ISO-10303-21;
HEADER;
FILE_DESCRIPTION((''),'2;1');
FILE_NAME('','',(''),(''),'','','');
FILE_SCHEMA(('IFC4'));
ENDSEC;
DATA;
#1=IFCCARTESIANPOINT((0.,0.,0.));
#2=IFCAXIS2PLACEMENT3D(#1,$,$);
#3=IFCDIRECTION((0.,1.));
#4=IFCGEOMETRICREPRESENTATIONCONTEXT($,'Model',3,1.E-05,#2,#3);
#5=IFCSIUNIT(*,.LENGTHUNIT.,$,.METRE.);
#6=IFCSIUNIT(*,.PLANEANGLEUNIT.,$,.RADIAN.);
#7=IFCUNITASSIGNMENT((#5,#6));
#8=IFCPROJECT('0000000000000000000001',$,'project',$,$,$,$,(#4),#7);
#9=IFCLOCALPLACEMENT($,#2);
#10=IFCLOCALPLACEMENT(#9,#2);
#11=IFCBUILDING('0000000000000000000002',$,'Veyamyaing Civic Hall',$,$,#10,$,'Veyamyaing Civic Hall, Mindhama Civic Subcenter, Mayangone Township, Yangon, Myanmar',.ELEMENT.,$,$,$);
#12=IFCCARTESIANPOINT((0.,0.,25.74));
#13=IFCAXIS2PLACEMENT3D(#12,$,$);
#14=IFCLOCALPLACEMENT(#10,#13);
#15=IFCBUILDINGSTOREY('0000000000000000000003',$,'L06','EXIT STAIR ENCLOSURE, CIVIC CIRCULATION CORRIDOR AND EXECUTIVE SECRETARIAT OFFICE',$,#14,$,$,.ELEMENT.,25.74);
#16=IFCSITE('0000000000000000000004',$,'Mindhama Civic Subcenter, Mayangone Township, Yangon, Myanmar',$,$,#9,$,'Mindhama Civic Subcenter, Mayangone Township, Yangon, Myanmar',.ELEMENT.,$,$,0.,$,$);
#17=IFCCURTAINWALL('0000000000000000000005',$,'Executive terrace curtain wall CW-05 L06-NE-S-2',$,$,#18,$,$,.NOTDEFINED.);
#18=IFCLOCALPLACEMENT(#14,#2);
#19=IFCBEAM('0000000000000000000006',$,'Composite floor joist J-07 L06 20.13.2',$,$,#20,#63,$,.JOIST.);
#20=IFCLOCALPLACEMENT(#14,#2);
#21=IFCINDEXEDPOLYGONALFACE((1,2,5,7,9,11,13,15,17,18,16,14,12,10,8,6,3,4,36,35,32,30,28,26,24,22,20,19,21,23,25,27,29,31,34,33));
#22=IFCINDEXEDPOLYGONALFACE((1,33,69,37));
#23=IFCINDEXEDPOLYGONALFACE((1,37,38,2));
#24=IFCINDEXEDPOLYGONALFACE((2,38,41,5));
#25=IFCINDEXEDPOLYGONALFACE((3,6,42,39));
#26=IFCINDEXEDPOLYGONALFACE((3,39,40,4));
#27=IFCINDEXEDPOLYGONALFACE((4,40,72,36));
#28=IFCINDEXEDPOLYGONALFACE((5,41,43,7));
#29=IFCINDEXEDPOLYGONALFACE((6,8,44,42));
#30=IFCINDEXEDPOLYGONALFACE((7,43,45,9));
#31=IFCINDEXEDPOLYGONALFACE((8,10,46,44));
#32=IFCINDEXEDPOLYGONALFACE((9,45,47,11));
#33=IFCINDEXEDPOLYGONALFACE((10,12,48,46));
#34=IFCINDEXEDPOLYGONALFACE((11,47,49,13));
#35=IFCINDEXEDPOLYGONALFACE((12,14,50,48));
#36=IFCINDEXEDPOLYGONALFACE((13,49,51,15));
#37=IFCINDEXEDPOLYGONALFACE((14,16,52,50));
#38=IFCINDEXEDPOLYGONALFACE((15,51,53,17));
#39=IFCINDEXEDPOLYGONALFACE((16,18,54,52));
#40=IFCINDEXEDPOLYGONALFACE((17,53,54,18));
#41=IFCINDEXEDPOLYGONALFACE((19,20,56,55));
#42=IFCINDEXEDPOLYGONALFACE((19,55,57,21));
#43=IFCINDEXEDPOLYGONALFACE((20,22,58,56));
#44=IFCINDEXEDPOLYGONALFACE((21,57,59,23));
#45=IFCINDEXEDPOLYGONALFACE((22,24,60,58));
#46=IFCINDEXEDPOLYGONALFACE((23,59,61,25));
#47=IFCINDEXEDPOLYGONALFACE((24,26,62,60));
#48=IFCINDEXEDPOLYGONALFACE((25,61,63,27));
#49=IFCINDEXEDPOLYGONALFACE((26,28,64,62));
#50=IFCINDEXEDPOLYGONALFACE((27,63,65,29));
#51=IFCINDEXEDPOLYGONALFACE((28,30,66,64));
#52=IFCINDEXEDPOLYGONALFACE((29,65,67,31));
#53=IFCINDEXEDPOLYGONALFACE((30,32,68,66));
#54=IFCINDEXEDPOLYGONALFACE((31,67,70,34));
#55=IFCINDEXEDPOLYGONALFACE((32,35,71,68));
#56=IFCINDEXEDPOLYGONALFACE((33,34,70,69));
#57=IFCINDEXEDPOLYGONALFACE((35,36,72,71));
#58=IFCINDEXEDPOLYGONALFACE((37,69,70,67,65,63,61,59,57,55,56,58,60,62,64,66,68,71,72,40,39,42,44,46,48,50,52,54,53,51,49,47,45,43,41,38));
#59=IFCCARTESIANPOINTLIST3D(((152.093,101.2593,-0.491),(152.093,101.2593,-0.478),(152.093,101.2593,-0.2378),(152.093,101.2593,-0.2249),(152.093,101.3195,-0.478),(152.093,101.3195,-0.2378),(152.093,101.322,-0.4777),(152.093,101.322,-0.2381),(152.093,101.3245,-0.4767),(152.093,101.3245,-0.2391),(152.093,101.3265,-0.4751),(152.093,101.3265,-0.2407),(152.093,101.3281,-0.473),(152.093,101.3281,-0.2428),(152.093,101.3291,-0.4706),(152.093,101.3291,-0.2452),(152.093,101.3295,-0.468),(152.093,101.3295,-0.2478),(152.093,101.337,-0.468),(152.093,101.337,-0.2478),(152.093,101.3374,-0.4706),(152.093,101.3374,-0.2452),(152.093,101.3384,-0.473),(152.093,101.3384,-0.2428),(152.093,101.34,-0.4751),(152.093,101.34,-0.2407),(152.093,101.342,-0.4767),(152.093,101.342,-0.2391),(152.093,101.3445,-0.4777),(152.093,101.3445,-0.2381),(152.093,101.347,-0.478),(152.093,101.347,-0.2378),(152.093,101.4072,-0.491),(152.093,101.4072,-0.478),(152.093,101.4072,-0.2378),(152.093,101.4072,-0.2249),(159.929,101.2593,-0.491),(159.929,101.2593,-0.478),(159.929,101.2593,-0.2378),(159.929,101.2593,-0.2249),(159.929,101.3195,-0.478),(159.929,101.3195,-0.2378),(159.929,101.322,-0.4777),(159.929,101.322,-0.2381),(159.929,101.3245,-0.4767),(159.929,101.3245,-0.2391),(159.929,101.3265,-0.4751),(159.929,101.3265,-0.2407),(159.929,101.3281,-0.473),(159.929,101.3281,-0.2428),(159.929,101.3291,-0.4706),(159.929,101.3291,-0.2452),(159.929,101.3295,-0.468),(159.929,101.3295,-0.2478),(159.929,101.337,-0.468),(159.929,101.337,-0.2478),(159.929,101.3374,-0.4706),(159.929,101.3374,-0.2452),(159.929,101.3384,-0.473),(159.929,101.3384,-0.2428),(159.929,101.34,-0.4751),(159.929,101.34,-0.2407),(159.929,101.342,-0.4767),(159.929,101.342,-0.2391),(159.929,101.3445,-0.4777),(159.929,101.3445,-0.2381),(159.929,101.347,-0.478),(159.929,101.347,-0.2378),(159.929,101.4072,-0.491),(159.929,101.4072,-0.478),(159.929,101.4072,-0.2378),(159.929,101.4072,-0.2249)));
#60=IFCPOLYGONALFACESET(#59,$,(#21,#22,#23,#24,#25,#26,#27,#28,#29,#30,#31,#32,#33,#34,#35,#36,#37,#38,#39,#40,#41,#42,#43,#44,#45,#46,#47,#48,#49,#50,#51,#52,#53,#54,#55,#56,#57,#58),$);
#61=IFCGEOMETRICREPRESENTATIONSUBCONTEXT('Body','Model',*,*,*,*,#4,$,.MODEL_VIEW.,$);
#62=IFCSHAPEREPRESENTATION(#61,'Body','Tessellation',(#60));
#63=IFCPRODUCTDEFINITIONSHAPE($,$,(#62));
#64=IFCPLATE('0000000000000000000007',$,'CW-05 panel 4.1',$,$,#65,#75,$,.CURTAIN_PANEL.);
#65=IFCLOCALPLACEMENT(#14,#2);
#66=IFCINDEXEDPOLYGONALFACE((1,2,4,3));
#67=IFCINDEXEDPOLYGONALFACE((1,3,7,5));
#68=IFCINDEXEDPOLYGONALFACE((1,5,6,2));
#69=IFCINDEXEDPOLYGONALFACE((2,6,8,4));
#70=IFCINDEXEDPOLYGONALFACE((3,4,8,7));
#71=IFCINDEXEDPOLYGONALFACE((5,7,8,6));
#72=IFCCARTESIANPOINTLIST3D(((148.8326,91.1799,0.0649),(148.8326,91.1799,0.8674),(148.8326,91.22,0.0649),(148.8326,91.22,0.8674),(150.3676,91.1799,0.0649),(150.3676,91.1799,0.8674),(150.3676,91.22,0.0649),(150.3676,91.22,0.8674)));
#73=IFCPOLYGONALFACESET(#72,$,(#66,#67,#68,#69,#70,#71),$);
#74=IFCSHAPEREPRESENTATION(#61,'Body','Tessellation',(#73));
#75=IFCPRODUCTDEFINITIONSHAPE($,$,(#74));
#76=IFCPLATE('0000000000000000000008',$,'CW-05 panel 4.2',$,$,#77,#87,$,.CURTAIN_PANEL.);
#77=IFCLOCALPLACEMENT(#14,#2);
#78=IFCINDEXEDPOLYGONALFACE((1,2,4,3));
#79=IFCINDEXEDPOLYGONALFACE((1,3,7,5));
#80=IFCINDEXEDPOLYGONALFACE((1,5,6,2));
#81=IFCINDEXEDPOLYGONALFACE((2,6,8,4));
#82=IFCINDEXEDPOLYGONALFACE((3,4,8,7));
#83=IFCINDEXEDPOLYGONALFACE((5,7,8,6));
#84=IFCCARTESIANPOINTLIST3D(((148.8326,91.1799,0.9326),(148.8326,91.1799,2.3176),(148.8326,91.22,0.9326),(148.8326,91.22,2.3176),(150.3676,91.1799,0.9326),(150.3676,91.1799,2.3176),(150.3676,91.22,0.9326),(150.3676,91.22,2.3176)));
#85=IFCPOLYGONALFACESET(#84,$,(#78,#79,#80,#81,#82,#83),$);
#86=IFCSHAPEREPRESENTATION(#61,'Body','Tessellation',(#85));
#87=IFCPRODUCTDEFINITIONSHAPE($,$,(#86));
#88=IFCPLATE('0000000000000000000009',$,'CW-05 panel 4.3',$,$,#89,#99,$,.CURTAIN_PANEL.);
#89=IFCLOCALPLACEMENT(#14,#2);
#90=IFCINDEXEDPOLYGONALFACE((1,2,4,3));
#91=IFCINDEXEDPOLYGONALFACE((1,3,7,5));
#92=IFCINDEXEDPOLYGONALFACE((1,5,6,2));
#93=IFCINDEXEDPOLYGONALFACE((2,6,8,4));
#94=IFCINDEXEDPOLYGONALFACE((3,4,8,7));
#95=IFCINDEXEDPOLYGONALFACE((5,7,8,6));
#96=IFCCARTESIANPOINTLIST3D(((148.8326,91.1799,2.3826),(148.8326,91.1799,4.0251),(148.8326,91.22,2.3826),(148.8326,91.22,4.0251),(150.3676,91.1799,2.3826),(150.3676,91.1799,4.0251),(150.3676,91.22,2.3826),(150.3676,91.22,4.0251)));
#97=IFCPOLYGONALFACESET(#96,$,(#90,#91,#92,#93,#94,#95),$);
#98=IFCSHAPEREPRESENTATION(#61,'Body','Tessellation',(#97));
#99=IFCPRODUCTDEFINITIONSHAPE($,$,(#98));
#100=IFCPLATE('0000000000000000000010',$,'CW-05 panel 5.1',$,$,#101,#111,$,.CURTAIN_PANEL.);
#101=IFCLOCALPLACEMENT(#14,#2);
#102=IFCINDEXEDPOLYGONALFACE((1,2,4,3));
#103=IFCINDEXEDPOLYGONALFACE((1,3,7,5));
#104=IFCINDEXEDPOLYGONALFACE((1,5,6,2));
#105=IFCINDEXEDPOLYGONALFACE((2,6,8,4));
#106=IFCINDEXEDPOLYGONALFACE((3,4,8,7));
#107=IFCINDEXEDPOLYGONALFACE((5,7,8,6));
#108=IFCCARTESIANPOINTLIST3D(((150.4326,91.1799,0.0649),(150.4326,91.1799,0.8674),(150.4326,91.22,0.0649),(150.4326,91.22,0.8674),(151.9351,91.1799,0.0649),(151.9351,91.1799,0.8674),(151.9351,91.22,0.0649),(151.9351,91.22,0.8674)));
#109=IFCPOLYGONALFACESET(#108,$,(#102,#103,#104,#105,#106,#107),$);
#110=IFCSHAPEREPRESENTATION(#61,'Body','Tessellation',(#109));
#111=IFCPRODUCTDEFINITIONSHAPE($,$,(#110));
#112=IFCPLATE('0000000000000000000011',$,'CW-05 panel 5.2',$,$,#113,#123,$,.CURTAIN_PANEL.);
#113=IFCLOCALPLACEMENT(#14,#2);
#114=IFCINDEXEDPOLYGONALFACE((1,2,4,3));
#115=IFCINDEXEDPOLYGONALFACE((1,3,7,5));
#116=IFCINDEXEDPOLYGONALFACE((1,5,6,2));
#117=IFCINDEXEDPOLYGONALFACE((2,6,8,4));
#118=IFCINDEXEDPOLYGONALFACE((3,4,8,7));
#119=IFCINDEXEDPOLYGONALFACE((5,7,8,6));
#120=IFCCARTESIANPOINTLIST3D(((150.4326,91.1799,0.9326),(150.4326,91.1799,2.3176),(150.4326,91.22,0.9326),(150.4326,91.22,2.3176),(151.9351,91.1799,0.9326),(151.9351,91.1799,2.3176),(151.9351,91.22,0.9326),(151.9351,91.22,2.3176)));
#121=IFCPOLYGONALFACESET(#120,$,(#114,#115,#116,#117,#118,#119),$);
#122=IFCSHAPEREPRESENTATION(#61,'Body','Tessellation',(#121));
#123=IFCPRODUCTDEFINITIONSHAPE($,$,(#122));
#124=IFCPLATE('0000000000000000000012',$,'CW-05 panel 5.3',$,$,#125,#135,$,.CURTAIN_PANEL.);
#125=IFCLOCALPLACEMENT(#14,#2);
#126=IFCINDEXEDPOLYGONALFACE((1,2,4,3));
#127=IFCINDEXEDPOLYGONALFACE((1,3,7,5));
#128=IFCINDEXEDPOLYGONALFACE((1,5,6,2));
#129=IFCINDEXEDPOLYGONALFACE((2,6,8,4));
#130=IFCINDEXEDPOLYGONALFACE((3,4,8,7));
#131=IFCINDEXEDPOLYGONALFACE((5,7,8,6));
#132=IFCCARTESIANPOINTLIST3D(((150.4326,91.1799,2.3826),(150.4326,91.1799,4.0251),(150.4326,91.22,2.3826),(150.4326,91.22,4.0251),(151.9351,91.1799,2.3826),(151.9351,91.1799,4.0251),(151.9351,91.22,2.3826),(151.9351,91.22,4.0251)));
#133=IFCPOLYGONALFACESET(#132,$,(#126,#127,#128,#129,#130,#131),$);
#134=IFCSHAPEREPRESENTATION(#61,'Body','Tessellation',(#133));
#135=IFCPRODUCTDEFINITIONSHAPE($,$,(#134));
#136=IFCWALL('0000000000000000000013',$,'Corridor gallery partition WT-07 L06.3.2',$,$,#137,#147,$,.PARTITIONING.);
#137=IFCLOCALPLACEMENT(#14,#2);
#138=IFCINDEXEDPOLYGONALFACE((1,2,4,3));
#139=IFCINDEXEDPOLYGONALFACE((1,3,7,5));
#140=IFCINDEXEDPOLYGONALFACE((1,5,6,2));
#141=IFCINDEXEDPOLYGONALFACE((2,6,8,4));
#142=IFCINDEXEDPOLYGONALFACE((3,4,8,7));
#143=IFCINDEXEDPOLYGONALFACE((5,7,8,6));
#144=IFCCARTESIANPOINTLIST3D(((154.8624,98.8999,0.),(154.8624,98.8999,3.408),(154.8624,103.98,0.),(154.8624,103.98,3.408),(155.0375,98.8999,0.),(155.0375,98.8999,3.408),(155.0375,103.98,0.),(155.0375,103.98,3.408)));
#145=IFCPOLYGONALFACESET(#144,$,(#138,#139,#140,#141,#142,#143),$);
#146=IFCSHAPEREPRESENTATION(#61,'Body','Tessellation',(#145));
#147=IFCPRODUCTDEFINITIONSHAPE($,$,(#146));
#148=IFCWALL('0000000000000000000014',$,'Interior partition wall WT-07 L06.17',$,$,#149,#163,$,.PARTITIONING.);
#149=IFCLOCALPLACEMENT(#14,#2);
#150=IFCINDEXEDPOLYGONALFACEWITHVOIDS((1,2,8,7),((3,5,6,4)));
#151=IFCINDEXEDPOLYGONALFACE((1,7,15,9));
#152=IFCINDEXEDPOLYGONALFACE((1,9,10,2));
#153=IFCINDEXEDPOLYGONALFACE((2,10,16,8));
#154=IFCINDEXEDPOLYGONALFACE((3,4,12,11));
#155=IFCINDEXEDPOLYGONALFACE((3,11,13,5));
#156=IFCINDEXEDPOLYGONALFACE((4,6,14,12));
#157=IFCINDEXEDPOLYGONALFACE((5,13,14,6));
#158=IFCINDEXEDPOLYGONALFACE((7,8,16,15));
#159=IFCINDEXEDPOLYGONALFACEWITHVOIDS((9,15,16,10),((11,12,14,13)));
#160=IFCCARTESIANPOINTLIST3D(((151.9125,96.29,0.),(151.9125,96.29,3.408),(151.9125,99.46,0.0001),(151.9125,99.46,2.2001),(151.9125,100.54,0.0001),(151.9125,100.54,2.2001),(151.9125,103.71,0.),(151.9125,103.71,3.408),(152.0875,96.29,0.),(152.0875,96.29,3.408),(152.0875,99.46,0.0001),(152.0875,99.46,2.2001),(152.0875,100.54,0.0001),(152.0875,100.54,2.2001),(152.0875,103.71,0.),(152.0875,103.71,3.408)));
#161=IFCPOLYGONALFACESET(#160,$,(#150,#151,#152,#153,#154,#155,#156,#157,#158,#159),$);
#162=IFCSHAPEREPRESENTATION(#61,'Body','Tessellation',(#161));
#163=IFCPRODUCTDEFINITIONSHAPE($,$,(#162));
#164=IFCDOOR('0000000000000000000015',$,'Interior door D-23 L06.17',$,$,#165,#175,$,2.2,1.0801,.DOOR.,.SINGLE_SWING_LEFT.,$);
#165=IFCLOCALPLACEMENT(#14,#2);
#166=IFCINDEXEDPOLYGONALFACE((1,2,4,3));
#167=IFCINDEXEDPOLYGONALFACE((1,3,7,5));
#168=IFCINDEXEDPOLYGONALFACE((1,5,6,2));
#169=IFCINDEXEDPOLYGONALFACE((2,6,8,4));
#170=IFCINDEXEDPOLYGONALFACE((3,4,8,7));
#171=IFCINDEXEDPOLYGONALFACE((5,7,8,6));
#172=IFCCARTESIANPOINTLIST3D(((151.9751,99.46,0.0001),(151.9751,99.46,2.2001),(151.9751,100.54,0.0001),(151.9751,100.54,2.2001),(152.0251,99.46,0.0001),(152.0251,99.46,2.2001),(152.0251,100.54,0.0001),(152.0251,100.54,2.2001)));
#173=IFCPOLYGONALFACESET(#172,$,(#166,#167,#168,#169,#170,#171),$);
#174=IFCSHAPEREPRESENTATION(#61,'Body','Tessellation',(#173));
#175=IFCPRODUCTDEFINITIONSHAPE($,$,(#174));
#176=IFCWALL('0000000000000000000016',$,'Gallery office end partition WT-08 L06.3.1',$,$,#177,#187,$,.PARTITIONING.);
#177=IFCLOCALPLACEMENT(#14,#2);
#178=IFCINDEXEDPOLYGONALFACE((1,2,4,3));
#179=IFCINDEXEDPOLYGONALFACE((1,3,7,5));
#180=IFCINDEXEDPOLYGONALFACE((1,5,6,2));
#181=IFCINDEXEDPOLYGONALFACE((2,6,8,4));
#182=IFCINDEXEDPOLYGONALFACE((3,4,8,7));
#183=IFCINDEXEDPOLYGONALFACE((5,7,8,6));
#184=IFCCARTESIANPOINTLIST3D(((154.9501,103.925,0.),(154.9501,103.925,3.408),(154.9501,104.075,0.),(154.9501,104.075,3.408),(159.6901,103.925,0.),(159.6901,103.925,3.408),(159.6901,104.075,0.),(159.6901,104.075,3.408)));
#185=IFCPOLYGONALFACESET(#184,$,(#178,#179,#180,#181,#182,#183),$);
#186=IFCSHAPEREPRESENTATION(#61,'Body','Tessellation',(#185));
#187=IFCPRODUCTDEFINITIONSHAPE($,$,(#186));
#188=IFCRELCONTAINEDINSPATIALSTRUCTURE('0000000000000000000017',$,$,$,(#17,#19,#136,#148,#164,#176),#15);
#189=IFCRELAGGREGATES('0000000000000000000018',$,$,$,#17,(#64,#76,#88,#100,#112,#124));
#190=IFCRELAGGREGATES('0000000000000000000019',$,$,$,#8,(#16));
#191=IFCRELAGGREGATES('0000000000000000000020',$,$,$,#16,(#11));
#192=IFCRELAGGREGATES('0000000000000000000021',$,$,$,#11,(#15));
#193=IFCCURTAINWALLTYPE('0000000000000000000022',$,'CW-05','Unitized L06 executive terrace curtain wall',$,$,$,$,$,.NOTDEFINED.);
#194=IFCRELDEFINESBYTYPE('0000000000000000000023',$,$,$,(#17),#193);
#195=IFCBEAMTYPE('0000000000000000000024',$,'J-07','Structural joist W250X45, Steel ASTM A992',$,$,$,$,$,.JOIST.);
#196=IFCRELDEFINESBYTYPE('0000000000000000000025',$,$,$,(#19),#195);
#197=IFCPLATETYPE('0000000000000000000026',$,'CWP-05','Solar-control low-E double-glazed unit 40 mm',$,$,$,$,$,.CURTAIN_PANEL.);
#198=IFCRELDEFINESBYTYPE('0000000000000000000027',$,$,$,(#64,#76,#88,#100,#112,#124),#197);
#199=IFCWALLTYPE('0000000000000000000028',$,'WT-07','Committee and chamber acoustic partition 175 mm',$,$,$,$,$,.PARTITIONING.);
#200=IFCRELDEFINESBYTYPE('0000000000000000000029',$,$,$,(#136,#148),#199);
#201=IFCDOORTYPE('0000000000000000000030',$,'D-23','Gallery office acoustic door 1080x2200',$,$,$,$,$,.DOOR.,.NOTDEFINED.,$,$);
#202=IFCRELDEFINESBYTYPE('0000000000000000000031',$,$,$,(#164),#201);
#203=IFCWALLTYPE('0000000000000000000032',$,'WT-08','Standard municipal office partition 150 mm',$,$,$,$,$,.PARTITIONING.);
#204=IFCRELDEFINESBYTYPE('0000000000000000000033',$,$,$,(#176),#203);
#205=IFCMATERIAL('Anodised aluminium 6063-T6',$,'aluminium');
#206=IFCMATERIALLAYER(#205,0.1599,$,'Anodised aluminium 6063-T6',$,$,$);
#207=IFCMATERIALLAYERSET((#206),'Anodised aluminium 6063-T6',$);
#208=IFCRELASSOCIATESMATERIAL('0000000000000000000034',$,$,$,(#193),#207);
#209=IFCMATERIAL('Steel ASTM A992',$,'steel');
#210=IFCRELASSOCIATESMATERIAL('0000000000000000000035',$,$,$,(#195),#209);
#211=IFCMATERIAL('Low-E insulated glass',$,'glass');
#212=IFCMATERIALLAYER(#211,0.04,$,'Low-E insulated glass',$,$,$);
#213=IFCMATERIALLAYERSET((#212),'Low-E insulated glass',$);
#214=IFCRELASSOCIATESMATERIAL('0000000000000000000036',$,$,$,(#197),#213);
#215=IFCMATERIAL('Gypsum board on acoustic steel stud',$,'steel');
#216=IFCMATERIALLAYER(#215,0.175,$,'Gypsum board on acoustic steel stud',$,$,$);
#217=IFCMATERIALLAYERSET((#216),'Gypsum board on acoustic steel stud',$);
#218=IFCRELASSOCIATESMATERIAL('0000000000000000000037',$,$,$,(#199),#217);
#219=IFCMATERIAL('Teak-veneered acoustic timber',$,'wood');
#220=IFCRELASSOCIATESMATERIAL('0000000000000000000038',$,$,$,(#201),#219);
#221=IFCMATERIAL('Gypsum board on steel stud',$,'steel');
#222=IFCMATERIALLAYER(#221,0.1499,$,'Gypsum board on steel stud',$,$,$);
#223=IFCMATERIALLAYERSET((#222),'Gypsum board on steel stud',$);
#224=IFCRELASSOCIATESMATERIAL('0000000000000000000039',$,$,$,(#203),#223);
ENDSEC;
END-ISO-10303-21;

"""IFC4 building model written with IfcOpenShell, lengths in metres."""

from ifc_helpers import new_model, si_unit, direction, frame, frame_2d, origin, origin_2d, place, context, subcontext, project, spatial, rectangle, i_section, extrude, material, layer, layer_set, material_profile, profile_set, type_object, element, fill, aggregate, save


model = new_model("IFC4")

# Units and contexts
model_context = context("Model", 3, precision=1e-05, world=origin(), true_north=direction((0.0, 1.0)))
body_context = subcontext(model_context, "Body", "Model", "MODEL_VIEW")
ifc_project = project(units=[si_unit("LENGTHUNIT", "METRE"), si_unit("PLANEANGLEUNIT", "RADIAN")], contexts=[model_context])

# Site, building, storey
site_placement = place(None, origin())
site = spatial("IfcSite", under=ifc_project, at=site_placement, Name="Mindhama Civic Subcenter, Mayangone Township, Yangon, Myanmar", LongName="Mindhama Civic Subcenter, Mayangone Township, Yangon, Myanmar", CompositionType="ELEMENT", RefElevation=0.0)
building_placement = place(site_placement, origin())
building = spatial("IfcBuilding", under=site, at=building_placement, Name="Veyamyaing Civic Hall", LongName="Veyamyaing Civic Hall, Mindhama Civic Subcenter, Mayangone Township, Yangon, Myanmar", CompositionType="ELEMENT")
storey_placement = place(building_placement, frame((0.0, 0.0, 25.74)))
storey = spatial("IfcBuildingStorey", under=building, at=storey_placement, Name="L06", Description="EXIT STAIR ENCLOSURE, CIVIC CIRCULATION CORRIDOR AND EXECUTIVE SECRETARIAT OFFICE", CompositionType="ELEMENT", Elevation=25.74)

# Shared definitions
ifc_material_1 = material(Name="Steel ASTM A992", Category="steel")

# Curtain wall
ifc_material_2 = material(Name="Anodised aluminium 6063-T6", Category="aluminium")
ifc_layer_1 = layer(ifc_material_2, 0.1599, Name="Anodised aluminium 6063-T6")
ifc_layer_set_1 = layer_set([ifc_layer_1], Name="Anodised aluminium 6063-T6")
curtain_wall_type = type_object("IfcCurtainWallType", Name="CW-05", Description="Unitized L06 executive terrace curtain wall", PredefinedType="NOTDEFINED", material=ifc_layer_set_1)
curtain_wall_placement = place(storey_placement, origin())
curtain_wall = element("IfcCurtainWall", 1, at=curtain_wall_placement, inside=storey, type_object=curtain_wall_type, Name="Executive terrace curtain wall CW-05 L06-NE-S-2", PredefinedType="NOTDEFINED")

# Beam
ifc_material_profile_1 = material_profile(ifc_material_1, i_section(OverallWidth=0.1479, OverallDepth=0.2661, WebThickness=0.0076, FlangeThickness=0.0129, FilletRadius=0.01, at=origin_2d()), Name="W250X45")
ifc_profile_set_1 = profile_set([ifc_material_profile_1], Name="Steel ASTM A992")
beam_type_1 = type_object("IfcBeamType", Name="J-07", Description="Structural joist W250X45, Steel ASTM A992", PredefinedType="JOIST", material=ifc_profile_set_1)
for number, where, z_axis, x_axis, name in (
    (2, (152.093, 101.3333, -0.3579), (1.0, 0.0, 0.0), (0.0, 1.0, 0.0), "Composite floor joist J-07 L06 20.13.2"),
):
    element("IfcBeam", number, at=place(storey_placement, frame(where, z_axis=z_axis, x_axis=x_axis)), inside=storey, type_object=beam_type_1, Name=name, PredefinedType="JOIST", context=body_context, shape_type="SweptSolid", body=[
        extrude(i_section(OverallWidth=0.1479, OverallDepth=0.2661, WebThickness=0.0076, FlangeThickness=0.0129, FilletRadius=0.01, at=origin_2d()), origin(), (0.0, 0.0, 1.0), 7.8359),
    ])

# Plates
ifc_material_3 = material(Name="Low-E insulated glass", Category="glass")
ifc_layer_2 = layer(ifc_material_3, 0.04, Name="Low-E insulated glass")
ifc_layer_set_2 = layer_set([ifc_layer_2], Name="Low-E insulated glass")
plate_type = type_object("IfcPlateType", Name="CWP-05", Description="Solar-control low-E double-glazed unit 40 mm", PredefinedType="CURTAIN_PANEL", material=ifc_layer_set_2)
plate_1_placement = place(storey_placement, frame((149.6001, 91.2, 0.0649), z_axis=(0.0, 0.0, 1.0), x_axis=(1.0, 0.0, 0.0)))
plate_1 = element("IfcPlate", 3, at=plate_1_placement, type_object=plate_type, Name="CW-05 panel 4.1", PredefinedType="CURTAIN_PANEL", context=body_context, shape_type="SweptSolid", body=[
    extrude(rectangle(XDim=1.5349, YDim=0.04, at=origin_2d()), origin(), (0.0, 0.0, 1.0), 0.8025),
])
plate_2_placement = place(storey_placement, frame((149.6001, 91.2, 0.9326), z_axis=(0.0, 0.0, 1.0), x_axis=(1.0, 0.0, 0.0)))
plate_2 = element("IfcPlate", 4, at=plate_2_placement, type_object=plate_type, Name="CW-05 panel 4.2", PredefinedType="CURTAIN_PANEL", context=body_context, shape_type="SweptSolid", body=[
    extrude(rectangle(XDim=1.5349, YDim=0.04, at=origin_2d()), origin(), (0.0, 0.0, 1.0), 1.385),
])
plate_3_placement = place(storey_placement, frame((149.6001, 91.2, 2.3826), z_axis=(0.0, 0.0, 1.0), x_axis=(1.0, 0.0, 0.0)))
plate_3 = element("IfcPlate", 5, at=plate_3_placement, type_object=plate_type, Name="CW-05 panel 4.3", PredefinedType="CURTAIN_PANEL", context=body_context, shape_type="SweptSolid", body=[
    extrude(rectangle(XDim=1.5349, YDim=0.04, at=origin_2d()), origin(), (0.0, 0.0, 1.0), 1.6426),
])
plate_4_placement = place(storey_placement, frame((151.1838, 91.2, 0.0649), z_axis=(0.0, 0.0, 1.0), x_axis=(1.0, 0.0, 0.0)))
plate_4 = element("IfcPlate", 6, at=plate_4_placement, type_object=plate_type, Name="CW-05 panel 5.1", PredefinedType="CURTAIN_PANEL", context=body_context, shape_type="SweptSolid", body=[
    extrude(rectangle(XDim=1.5024, YDim=0.04, at=origin_2d()), origin(), (0.0, 0.0, 1.0), 0.8025),
])
plate_5_placement = place(storey_placement, frame((151.1838, 91.2, 0.9326), z_axis=(0.0, 0.0, 1.0), x_axis=(1.0, 0.0, 0.0)))
plate_5 = element("IfcPlate", 7, at=plate_5_placement, type_object=plate_type, Name="CW-05 panel 5.2", PredefinedType="CURTAIN_PANEL", context=body_context, shape_type="SweptSolid", body=[
    extrude(rectangle(XDim=1.5024, YDim=0.04, at=origin_2d()), origin(), (0.0, 0.0, 1.0), 1.385),
])
plate_6_placement = place(storey_placement, frame((151.1838, 91.2, 2.3826), z_axis=(0.0, 0.0, 1.0), x_axis=(1.0, 0.0, 0.0)))
plate_6 = element("IfcPlate", 8, at=plate_6_placement, type_object=plate_type, Name="CW-05 panel 5.3", PredefinedType="CURTAIN_PANEL", context=body_context, shape_type="SweptSolid", body=[
    extrude(rectangle(XDim=1.5024, YDim=0.04, at=origin_2d()), origin(), (0.0, 0.0, 1.0), 1.6426),
])
aggregate(curtain_wall, [plate_1, plate_2, plate_3, plate_4, plate_5, plate_6])

# Shared definitions
ifc_material_4 = material(Name="Gypsum board on acoustic steel stud", Category="steel")
ifc_layer_3 = layer(ifc_material_4, 0.175, Name="Gypsum board on acoustic steel stud")
ifc_layer_set_3 = layer_set([ifc_layer_3], Name="Gypsum board on acoustic steel stud")
wall_type_1 = type_object("IfcWallType", Name="WT-07", Description="Committee and chamber acoustic partition 175 mm", PredefinedType="PARTITIONING", material=ifc_layer_set_3)
ifc_material_5 = material(Name="Teak-veneered acoustic timber", Category="wood")

# Wall
wall_1_placement = place(storey_placement, frame((154.95, 98.8999, 0.0), z_axis=(0.0, 0.0, 1.0), x_axis=(0.0, 1.0, 0.0)))
element("IfcWall", 9, at=wall_1_placement, inside=storey, type_object=wall_type_1, Name="Corridor gallery partition WT-07 L06.3.2", PredefinedType="PARTITIONING", context=body_context, shape_type="SweptSolid", body=[
    extrude(rectangle(XDim=5.0801, YDim=0.175, at=frame_2d((2.54, 0.0))), origin(), (0.0, 0.0, 1.0), 3.408),
])

# Wall, opening, door
wall_2_placement = place(storey_placement, frame((152.0, 96.29, 0.0), z_axis=(0.0, 0.0, 1.0), x_axis=(0.0, 1.0, 0.0)))
wall_2 = element("IfcWall", 10, at=wall_2_placement, inside=storey, type_object=wall_type_1, Name="Interior partition wall WT-07 L06.17", PredefinedType="PARTITIONING", context=body_context, shape_type="SweptSolid", body=[
    extrude(rectangle(XDim=7.4199, YDim=0.175, at=frame_2d((3.71, 0.0))), origin(), (0.0, 0.0, 1.0), 3.408),
])
opening_1_placement = place(wall_2_placement, frame((3.1699, 0.0, 0.0)))
opening_1 = element("IfcOpeningElement", 11, at=opening_1_placement, cuts=wall_2, PredefinedType="OPENING", context=body_context, shape_type="SweptSolid", body=[
    extrude(rectangle(XDim=1.0801, YDim=2.2, at=frame_2d((0.54, 1.1001))), frame((0.0, 0.0974, 0.0), z_axis=(0.0, -1.0, 0.0), x_axis=(1.0, 0.0, 0.0)), (0.0, 0.0, 1.0), 0.1951),
])
door_type_1 = type_object("IfcDoorType", Name="D-23", Description="Gallery office acoustic door 1080x2200", OperationType="NOTDEFINED", PredefinedType="DOOR", material=ifc_material_5)
door_1_placement = place(opening_1_placement, origin())
door_1 = element("IfcDoor", 12, at=door_1_placement, inside=storey, type_object=door_type_1, Name="Interior door D-23 L06.17", OperationType="SINGLE_SWING_LEFT", OverallHeight=2.2, OverallWidth=1.0801, PredefinedType="DOOR", context=body_context, shape_type="SweptSolid", body=[
    extrude(rectangle(XDim=1.0801, YDim=2.2, at=frame_2d((0.54, 1.1001))), frame((0.0, 0.0249, 0.0), z_axis=(0.0, -1.0, 0.0), x_axis=(1.0, 0.0, 0.0)), (0.0, 0.0, 1.0), 0.05),
])
fill(opening_1, door_1)

# Wall
ifc_material_6 = material(Name="Gypsum board on steel stud", Category="steel")
ifc_layer_4 = layer(ifc_material_6, 0.1499, Name="Gypsum board on steel stud")
ifc_layer_set_4 = layer_set([ifc_layer_4], Name="Gypsum board on steel stud")
wall_type_2 = type_object("IfcWallType", Name="WT-08", Description="Standard municipal office partition 150 mm", PredefinedType="PARTITIONING", material=ifc_layer_set_4)
wall_3_placement = place(storey_placement, frame((154.95, 104.0, 0.0), z_axis=(0.0, 0.0, 1.0), x_axis=(1.0, 0.0, 0.0)))
element("IfcWall", 13, at=wall_3_placement, inside=storey, type_object=wall_type_2, Name="Gallery office end partition WT-08 L06.3.1", PredefinedType="PARTITIONING", context=body_context, shape_type="SweptSolid", body=[
    extrude(rectangle(XDim=4.74, YDim=0.1499, at=frame_2d((2.3701, 0.0))), origin(), (0.0, 0.0, 1.0), 3.408),
])

save(model, "model.ifc")
